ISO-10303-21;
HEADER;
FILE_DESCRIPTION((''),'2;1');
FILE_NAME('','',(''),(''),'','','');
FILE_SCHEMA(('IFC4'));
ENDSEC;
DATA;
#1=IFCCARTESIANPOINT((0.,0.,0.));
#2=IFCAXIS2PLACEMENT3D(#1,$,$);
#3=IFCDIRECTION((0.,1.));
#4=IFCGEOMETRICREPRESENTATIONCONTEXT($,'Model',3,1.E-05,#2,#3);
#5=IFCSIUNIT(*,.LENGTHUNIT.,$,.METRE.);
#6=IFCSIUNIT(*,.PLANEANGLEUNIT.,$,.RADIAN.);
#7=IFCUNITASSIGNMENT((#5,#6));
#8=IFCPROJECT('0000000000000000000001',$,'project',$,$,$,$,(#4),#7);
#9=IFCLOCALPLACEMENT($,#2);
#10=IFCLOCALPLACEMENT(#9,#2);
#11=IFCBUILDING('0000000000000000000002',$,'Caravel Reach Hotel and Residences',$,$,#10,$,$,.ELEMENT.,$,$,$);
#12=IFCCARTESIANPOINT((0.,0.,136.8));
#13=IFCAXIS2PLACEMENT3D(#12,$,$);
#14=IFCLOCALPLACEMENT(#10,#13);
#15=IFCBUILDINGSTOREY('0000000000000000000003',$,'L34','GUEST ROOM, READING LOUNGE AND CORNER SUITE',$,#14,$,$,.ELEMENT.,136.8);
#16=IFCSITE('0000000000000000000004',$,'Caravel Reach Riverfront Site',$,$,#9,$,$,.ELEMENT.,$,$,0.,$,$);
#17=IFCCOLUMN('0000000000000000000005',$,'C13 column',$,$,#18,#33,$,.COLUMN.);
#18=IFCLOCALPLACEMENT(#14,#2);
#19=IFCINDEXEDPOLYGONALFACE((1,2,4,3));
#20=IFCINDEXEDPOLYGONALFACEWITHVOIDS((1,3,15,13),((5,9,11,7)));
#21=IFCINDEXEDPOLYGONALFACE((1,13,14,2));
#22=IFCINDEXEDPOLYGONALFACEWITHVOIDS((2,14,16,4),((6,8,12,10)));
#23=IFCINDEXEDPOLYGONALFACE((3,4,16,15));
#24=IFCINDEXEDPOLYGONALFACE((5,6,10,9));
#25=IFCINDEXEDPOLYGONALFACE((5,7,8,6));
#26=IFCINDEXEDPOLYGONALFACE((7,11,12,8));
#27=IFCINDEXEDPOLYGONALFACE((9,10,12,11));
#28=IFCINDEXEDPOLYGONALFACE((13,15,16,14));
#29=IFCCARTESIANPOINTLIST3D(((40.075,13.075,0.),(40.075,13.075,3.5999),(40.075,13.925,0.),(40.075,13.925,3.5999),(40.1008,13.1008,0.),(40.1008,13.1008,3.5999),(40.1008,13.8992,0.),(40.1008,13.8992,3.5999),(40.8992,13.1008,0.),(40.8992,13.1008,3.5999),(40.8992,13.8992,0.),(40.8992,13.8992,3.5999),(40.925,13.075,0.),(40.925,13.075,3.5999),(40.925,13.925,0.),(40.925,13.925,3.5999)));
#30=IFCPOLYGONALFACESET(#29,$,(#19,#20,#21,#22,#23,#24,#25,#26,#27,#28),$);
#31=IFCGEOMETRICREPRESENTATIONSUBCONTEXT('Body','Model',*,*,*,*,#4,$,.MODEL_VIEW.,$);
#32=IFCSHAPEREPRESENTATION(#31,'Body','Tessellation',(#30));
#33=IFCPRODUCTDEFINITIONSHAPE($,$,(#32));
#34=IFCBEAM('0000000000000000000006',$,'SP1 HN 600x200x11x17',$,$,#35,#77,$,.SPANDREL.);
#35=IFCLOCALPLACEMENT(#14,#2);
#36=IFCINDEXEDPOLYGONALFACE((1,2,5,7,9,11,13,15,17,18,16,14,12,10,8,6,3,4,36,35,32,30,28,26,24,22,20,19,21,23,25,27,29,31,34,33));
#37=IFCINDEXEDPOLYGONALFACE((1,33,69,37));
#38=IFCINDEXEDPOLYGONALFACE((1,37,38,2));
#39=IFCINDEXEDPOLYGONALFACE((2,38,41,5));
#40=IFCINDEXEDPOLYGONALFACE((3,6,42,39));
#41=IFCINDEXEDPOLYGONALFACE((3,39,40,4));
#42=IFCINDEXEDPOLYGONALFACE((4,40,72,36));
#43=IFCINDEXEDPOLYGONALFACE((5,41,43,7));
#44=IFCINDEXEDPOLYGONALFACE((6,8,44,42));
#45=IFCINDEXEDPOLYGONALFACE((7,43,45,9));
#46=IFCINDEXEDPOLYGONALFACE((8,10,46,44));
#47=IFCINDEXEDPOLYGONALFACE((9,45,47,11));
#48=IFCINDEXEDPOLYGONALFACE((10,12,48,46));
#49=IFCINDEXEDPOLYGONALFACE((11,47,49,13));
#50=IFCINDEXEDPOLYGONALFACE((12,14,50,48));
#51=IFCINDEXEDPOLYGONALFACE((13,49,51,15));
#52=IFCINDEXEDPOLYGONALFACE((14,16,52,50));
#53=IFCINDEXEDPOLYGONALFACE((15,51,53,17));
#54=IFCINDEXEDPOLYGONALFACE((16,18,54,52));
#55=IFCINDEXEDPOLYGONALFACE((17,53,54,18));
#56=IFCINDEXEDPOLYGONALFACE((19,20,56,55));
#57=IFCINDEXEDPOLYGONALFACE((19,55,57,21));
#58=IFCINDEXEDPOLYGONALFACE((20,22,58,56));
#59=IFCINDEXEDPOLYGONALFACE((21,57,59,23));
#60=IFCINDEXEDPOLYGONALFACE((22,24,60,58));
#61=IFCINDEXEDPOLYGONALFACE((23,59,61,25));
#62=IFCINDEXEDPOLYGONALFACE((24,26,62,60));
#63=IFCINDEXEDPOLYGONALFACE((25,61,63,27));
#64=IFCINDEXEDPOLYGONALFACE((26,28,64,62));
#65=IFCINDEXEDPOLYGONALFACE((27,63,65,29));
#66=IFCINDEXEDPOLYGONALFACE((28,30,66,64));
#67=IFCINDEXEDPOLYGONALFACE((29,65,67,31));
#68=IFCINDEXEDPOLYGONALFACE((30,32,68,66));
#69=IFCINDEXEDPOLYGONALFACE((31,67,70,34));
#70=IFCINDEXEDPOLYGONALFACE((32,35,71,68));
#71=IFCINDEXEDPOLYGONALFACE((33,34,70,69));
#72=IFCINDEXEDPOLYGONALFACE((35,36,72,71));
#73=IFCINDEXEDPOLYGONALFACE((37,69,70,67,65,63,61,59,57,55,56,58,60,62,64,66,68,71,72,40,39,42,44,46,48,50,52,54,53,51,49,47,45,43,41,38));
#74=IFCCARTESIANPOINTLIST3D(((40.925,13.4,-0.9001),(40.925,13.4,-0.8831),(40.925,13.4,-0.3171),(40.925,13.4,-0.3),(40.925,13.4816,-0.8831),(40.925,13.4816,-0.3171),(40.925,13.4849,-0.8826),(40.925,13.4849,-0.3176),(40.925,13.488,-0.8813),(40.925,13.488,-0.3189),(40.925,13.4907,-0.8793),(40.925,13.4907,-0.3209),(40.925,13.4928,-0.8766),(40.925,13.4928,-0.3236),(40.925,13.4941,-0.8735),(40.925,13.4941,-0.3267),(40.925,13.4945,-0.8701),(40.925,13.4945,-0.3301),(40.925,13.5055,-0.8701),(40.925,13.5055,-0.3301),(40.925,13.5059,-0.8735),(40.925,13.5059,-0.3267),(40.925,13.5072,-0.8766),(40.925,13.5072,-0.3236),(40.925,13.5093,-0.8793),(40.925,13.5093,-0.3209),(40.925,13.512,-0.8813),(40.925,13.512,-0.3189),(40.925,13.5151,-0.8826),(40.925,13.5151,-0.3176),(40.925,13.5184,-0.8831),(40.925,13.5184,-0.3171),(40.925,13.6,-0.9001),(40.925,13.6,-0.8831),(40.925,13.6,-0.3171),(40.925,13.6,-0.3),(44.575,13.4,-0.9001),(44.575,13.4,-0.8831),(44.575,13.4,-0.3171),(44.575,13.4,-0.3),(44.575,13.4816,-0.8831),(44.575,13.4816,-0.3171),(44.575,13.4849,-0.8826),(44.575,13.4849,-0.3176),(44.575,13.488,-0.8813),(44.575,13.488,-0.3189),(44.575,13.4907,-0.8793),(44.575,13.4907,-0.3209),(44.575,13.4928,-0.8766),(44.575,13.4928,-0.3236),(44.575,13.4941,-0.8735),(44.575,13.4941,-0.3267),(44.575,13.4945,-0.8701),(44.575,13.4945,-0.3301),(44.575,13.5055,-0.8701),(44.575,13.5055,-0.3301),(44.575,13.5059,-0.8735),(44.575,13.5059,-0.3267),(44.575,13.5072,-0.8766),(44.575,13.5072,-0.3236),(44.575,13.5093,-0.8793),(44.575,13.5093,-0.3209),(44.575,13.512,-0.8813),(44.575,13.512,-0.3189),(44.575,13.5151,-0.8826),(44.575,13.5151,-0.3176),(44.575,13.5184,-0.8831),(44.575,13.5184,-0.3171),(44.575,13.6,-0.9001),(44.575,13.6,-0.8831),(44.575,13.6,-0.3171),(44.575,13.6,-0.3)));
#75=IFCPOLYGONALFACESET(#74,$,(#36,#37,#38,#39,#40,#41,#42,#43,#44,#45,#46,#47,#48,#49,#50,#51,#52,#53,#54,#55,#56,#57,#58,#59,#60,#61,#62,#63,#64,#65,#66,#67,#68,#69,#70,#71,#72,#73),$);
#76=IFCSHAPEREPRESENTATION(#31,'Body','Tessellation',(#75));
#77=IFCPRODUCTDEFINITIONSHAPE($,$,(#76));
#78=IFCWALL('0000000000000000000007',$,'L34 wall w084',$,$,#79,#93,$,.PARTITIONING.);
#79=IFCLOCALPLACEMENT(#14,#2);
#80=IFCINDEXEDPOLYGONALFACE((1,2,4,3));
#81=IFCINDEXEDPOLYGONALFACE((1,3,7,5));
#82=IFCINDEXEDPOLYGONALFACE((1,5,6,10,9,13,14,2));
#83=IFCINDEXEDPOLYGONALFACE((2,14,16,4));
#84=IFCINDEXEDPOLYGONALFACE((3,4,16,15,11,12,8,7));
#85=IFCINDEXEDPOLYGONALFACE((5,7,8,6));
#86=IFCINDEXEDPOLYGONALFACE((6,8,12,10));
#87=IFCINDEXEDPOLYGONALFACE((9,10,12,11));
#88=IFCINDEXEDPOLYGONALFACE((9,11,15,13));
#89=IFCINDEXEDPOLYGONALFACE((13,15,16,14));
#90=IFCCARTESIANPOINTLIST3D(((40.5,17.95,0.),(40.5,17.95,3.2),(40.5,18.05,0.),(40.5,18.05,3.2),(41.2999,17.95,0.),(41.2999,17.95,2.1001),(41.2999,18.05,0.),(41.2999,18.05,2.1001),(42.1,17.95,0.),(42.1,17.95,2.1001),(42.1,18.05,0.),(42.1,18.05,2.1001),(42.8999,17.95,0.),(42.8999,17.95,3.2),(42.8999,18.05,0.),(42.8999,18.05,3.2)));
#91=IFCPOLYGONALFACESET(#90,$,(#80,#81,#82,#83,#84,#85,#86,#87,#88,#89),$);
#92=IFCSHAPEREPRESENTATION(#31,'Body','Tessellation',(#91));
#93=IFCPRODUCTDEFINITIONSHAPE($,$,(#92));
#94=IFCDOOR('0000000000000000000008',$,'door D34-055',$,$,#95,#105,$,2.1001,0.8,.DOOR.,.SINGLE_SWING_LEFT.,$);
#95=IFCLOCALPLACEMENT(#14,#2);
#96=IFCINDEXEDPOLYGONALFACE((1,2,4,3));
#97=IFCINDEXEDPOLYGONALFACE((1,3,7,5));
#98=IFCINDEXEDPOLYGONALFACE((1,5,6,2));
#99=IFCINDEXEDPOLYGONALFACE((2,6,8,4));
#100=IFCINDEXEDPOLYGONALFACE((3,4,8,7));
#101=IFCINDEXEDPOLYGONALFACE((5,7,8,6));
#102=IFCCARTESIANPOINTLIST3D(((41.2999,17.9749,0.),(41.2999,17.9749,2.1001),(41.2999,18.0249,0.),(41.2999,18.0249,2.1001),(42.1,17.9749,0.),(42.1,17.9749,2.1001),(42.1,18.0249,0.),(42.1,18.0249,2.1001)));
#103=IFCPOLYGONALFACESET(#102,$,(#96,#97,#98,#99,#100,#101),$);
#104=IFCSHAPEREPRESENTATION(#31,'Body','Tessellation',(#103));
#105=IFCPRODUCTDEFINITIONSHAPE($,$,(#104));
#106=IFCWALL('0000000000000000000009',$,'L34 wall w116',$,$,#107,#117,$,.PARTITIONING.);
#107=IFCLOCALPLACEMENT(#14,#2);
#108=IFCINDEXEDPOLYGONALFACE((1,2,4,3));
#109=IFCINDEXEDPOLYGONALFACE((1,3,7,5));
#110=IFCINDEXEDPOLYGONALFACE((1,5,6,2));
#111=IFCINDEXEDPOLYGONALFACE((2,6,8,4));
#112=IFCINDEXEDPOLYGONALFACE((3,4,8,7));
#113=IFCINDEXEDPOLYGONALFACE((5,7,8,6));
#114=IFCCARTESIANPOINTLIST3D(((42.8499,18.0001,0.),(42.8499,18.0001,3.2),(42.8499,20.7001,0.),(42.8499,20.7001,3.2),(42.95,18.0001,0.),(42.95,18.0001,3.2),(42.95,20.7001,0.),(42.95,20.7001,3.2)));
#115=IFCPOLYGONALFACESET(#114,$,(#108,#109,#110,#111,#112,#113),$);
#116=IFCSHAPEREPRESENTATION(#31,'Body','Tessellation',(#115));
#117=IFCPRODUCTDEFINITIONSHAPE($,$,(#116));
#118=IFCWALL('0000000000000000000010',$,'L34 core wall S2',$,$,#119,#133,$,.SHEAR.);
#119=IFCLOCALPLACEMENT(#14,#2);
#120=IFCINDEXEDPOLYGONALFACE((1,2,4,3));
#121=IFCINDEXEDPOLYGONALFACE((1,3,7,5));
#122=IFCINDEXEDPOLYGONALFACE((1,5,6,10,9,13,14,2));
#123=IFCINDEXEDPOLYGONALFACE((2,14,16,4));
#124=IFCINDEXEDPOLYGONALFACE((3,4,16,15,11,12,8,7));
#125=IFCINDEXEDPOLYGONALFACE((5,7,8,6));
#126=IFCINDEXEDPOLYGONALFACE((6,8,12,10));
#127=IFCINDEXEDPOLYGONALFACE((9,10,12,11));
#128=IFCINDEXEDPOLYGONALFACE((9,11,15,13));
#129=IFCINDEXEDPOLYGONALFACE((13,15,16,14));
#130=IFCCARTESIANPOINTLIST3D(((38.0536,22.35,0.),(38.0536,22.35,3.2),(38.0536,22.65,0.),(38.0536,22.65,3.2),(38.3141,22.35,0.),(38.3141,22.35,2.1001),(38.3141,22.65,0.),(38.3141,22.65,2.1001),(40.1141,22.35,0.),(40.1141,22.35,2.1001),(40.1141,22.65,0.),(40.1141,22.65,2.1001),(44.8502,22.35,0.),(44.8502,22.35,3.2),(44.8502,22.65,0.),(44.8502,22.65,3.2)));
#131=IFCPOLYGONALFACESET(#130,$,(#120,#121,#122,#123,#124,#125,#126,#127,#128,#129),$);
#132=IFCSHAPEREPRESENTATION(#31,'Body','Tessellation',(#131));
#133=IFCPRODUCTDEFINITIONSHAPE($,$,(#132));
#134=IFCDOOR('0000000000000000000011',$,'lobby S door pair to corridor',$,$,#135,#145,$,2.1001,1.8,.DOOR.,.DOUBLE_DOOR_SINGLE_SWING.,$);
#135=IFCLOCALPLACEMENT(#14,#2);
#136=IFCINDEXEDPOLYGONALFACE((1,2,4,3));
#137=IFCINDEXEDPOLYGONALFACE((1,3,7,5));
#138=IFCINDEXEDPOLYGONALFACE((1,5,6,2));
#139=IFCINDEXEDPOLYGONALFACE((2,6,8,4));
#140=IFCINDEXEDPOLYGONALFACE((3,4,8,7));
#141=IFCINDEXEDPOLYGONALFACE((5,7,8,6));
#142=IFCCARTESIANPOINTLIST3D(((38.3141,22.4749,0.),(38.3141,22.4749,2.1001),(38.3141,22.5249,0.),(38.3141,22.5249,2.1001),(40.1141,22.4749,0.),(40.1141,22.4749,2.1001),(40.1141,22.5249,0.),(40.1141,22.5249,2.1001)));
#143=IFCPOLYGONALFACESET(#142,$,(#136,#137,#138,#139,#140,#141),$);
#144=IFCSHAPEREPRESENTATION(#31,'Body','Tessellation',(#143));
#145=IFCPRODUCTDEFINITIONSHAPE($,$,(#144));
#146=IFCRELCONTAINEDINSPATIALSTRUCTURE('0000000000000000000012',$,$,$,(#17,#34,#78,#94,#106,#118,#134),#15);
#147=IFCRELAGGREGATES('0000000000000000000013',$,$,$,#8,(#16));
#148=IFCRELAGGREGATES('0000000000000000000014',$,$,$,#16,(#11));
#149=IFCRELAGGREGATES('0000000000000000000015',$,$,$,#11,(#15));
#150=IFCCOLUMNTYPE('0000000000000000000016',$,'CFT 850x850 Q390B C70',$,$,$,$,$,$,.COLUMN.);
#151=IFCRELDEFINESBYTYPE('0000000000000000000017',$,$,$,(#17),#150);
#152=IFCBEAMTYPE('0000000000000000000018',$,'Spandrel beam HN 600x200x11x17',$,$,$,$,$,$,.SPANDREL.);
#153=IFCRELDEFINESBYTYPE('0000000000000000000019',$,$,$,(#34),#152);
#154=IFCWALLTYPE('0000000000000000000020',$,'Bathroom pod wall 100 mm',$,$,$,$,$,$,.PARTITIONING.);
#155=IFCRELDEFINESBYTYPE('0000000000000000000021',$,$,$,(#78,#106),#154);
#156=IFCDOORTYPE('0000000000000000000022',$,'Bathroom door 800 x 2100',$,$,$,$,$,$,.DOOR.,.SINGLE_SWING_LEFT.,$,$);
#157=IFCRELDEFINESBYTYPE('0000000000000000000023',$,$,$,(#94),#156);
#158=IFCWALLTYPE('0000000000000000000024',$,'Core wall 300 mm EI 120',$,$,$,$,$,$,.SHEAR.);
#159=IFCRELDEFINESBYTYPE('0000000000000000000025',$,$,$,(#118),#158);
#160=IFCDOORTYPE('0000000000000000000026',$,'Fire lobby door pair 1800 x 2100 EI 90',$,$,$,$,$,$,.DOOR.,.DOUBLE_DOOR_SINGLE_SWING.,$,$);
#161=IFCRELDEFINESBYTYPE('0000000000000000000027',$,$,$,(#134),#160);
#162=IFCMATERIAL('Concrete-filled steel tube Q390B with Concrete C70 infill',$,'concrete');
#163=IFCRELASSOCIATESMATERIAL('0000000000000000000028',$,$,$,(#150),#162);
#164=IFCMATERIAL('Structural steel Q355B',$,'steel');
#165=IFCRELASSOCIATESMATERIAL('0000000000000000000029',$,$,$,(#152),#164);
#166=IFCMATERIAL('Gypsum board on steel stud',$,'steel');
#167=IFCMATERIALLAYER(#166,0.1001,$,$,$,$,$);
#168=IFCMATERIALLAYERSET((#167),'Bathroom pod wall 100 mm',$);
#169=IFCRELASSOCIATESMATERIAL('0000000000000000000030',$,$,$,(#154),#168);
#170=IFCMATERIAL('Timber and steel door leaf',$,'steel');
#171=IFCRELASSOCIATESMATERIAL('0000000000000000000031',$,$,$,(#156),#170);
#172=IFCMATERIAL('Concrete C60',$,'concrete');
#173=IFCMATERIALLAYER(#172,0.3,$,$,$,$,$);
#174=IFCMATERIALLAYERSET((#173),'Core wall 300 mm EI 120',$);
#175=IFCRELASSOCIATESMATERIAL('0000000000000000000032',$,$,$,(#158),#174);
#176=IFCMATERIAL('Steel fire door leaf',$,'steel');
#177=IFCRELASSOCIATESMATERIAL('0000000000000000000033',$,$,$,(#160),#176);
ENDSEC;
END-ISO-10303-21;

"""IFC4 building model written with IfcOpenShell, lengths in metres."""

from ifc_helpers import new_model, si_unit, direction, frame, frame_2d, origin, origin_2d, place, context, subcontext, project, spatial, rectangle, hollow_rectangle, i_section, extrude, material, layer, layer_set, material_profile, profile_set, type_object, element, fill, save


model = new_model("IFC4")

# Units and contexts
model_context = context("Model", 3, precision=1e-05, world=origin(), true_north=direction((0.0, 1.0)))
body_context = subcontext(model_context, "Body", "Model", "MODEL_VIEW")
ifc_project = project(units=[si_unit("LENGTHUNIT", "METRE"), si_unit("PLANEANGLEUNIT", "RADIAN")], contexts=[model_context])

# Site, building, storey
site_placement = place(None, origin())
site = spatial("IfcSite", under=ifc_project, at=site_placement, Name="Caravel Reach Riverfront Site", CompositionType="ELEMENT", RefElevation=0.0)
building_placement = place(site_placement, origin())
building = spatial("IfcBuilding", under=site, at=building_placement, Name="Caravel Reach Hotel and Residences", CompositionType="ELEMENT")
storey_placement = place(building_placement, frame((0.0, 0.0, 136.8)))
storey = spatial("IfcBuildingStorey", under=building, at=storey_placement, Name="L34", Description="GUEST ROOM, READING LOUNGE AND CORNER SUITE", CompositionType="ELEMENT", Elevation=136.8)

# Column
ifc_material_1 = material(Name="Concrete-filled steel tube Q390B with Concrete C70 infill", Category="concrete")
ifc_material_profile_1 = material_profile(ifc_material_1, hollow_rectangle(XDim=0.8501, YDim=0.8501, WallThickness=0.0259, at=origin_2d()), Name="RHS 850x850x26")
ifc_profile_set_1 = profile_set([ifc_material_profile_1], Name="Concrete-filled steel tube Q390B with Concrete C70 infill")
column_type = type_object("IfcColumnType", Name="CFT 850x850 Q390B C70", PredefinedType="COLUMN", material=ifc_profile_set_1)
column_placement = place(storey_placement, frame((40.5, 13.5, 0.0), z_axis=(0.0, 0.0, 1.0), x_axis=(1.0, 0.0, 0.0)))
element("IfcColumn", 1, at=column_placement, inside=storey, type_object=column_type, Name="C13 column", PredefinedType="COLUMN", context=body_context, shape_type="SweptSolid", body=[
    extrude(hollow_rectangle(XDim=0.8501, YDim=0.8501, WallThickness=0.0259, at=origin_2d()), origin(), (0.0, 0.0, 1.0), 3.5999),
])

# Beam
ifc_material_2 = material(Name="Structural steel Q355B", Category="steel")
ifc_material_profile_2 = material_profile(ifc_material_2, i_section(OverallWidth=0.2, OverallDepth=0.6001, WebThickness=0.011, FlangeThickness=0.0171, FilletRadius=0.0129, at=origin_2d()), Name="HN 600x200x11x17")
ifc_profile_set_2 = profile_set([ifc_material_profile_2], Name="Structural steel Q355B")
beam_type = type_object("IfcBeamType", Name="Spandrel beam HN 600x200x11x17", PredefinedType="SPANDREL", material=ifc_profile_set_2)
beam_placement = place(storey_placement, frame((40.925, 13.5, -0.6001), z_axis=(1.0, 0.0, 0.0), x_axis=(0.0, 1.0, 0.0)))
element("IfcBeam", 2, at=beam_placement, inside=storey, type_object=beam_type, Name="SP1 HN 600x200x11x17", PredefinedType="SPANDREL", context=body_context, shape_type="SweptSolid", body=[
    extrude(i_section(OverallWidth=0.2, OverallDepth=0.6001, WebThickness=0.011, FlangeThickness=0.0171, FilletRadius=0.0129, at=origin_2d()), origin(), (0.0, 0.0, 1.0), 3.6499),
])

# Wall, opening, door
ifc_material_3 = material(Name="Gypsum board on steel stud", Category="steel")
ifc_layer_1 = layer(ifc_material_3, 0.1001)
ifc_layer_set_1 = layer_set([ifc_layer_1], Name="Bathroom pod wall 100 mm")
wall_type_1 = type_object("IfcWallType", Name="Bathroom pod wall 100 mm", PredefinedType="PARTITIONING", material=ifc_layer_set_1)
wall_1_placement = place(storey_placement, frame((40.5, 18.0, 0.0), z_axis=(0.0, 0.0, 1.0), x_axis=(1.0, 0.0, 0.0)))
wall_1 = element("IfcWall", 3, at=wall_1_placement, inside=storey, type_object=wall_type_1, Name="L34 wall w084", PredefinedType="PARTITIONING", context=body_context, shape_type="SweptSolid", body=[
    extrude(rectangle(XDim=2.3999, YDim=0.1001, at=frame_2d((1.2, 0.0))), origin(), (0.0, 0.0, 1.0), 3.2),
])
opening_1_placement = place(wall_1_placement, frame((0.8, 0.0, 0.0)))
opening_1 = element("IfcOpeningElement", 4, at=opening_1_placement, cuts=wall_1, PredefinedType="OPENING", context=body_context, shape_type="SweptSolid", body=[
    extrude(rectangle(XDim=0.8, YDim=2.1001, at=frame_2d((0.3999, 1.05))), frame((0.0, 0.0601, 0.0), z_axis=(0.0, -1.0, 0.0), x_axis=(1.0, 0.0, 0.0)), (0.0, 0.0, 1.0), 0.1201),
])
ifc_material_4 = material(Name="Timber and steel door leaf", Category="steel")
door_type_1 = type_object("IfcDoorType", Name="Bathroom door 800 x 2100", OperationType="SINGLE_SWING_LEFT", PredefinedType="DOOR", material=ifc_material_4)
door_1_placement = place(opening_1_placement, origin())
door_1 = element("IfcDoor", 5, at=door_1_placement, inside=storey, type_object=door_type_1, Name="door D34-055", OperationType="SINGLE_SWING_LEFT", OverallHeight=2.1001, OverallWidth=0.8, PredefinedType="DOOR", context=body_context, shape_type="SweptSolid", body=[
    extrude(rectangle(XDim=0.8, YDim=2.1001, at=frame_2d((0.3999, 1.05))), frame((0.0, 0.0249, 0.0), z_axis=(0.0, -1.0, 0.0), x_axis=(1.0, 0.0, 0.0)), (0.0, 0.0, 1.0), 0.05),
])
fill(opening_1, door_1)

# Wall
wall_2_placement = place(storey_placement, frame((42.8999, 18.0, 0.0), z_axis=(0.0, 0.0, 1.0), x_axis=(0.0, 1.0, 0.0)))
element("IfcWall", 6, at=wall_2_placement, inside=storey, type_object=wall_type_1, Name="L34 wall w116", PredefinedType="PARTITIONING", context=body_context, shape_type="SweptSolid", body=[
    extrude(rectangle(XDim=2.7, YDim=0.1001, at=frame_2d((1.3501, 0.0))), origin(), (0.0, 0.0, 1.0), 3.2),
])

# Wall, opening, door
ifc_material_5 = material(Name="Concrete C60", Category="concrete")
ifc_layer_2 = layer(ifc_material_5, 0.3)
ifc_layer_set_2 = layer_set([ifc_layer_2], Name="Core wall 300 mm EI 120")
wall_type_2 = type_object("IfcWallType", Name="Core wall 300 mm EI 120", PredefinedType="SHEAR", material=ifc_layer_set_2)
wall_3_placement = place(storey_placement, frame((38.0535, 22.5, 0.0), z_axis=(0.0, 0.0, 1.0), x_axis=(1.0, 0.0, 0.0)))
wall_3 = element("IfcWall", 7, at=wall_3_placement, inside=storey, type_object=wall_type_2, Name="L34 core wall S2", PredefinedType="SHEAR", context=body_context, shape_type="SweptSolid", body=[
    extrude(rectangle(XDim=6.7966, YDim=0.3, at=frame_2d((3.3984, 0.0))), origin(), (0.0, 0.0, 1.0), 3.2),
])
opening_2_placement = place(wall_3_placement, frame((0.2607, 0.0, 0.0)))
opening_2 = element("IfcOpeningElement", 8, at=opening_2_placement, cuts=wall_3, PredefinedType="OPENING", context=body_context, shape_type="SweptSolid", body=[
    extrude(rectangle(XDim=1.8, YDim=2.1001, at=frame_2d((0.8999, 1.05))), frame((0.0, 0.1599, 0.0), z_axis=(0.0, -1.0, 0.0), x_axis=(1.0, 0.0, 0.0)), (0.0, 0.0, 1.0), 0.3201),
])
ifc_material_6 = material(Name="Steel fire door leaf", Category="steel")
door_type_2 = type_object("IfcDoorType", Name="Fire lobby door pair 1800 x 2100 EI 90", OperationType="DOUBLE_DOOR_SINGLE_SWING", PredefinedType="DOOR", material=ifc_material_6)
door_2_placement = place(opening_2_placement, origin())
door_2 = element("IfcDoor", 9, at=door_2_placement, inside=storey, type_object=door_type_2, Name="lobby S door pair to corridor", OperationType="DOUBLE_DOOR_SINGLE_SWING", OverallHeight=2.1001, OverallWidth=1.8, PredefinedType="DOOR", context=body_context, shape_type="SweptSolid", body=[
    extrude(rectangle(XDim=1.8, YDim=2.1001, at=frame_2d((0.8999, 1.05))), frame((0.0, 0.0249, 0.0), z_axis=(0.0, -1.0, 0.0), x_axis=(1.0, 0.0, 0.0)), (0.0, 0.0, 1.0), 0.05),
])
fill(opening_2, door_2)

save(model, "model.ifc")
